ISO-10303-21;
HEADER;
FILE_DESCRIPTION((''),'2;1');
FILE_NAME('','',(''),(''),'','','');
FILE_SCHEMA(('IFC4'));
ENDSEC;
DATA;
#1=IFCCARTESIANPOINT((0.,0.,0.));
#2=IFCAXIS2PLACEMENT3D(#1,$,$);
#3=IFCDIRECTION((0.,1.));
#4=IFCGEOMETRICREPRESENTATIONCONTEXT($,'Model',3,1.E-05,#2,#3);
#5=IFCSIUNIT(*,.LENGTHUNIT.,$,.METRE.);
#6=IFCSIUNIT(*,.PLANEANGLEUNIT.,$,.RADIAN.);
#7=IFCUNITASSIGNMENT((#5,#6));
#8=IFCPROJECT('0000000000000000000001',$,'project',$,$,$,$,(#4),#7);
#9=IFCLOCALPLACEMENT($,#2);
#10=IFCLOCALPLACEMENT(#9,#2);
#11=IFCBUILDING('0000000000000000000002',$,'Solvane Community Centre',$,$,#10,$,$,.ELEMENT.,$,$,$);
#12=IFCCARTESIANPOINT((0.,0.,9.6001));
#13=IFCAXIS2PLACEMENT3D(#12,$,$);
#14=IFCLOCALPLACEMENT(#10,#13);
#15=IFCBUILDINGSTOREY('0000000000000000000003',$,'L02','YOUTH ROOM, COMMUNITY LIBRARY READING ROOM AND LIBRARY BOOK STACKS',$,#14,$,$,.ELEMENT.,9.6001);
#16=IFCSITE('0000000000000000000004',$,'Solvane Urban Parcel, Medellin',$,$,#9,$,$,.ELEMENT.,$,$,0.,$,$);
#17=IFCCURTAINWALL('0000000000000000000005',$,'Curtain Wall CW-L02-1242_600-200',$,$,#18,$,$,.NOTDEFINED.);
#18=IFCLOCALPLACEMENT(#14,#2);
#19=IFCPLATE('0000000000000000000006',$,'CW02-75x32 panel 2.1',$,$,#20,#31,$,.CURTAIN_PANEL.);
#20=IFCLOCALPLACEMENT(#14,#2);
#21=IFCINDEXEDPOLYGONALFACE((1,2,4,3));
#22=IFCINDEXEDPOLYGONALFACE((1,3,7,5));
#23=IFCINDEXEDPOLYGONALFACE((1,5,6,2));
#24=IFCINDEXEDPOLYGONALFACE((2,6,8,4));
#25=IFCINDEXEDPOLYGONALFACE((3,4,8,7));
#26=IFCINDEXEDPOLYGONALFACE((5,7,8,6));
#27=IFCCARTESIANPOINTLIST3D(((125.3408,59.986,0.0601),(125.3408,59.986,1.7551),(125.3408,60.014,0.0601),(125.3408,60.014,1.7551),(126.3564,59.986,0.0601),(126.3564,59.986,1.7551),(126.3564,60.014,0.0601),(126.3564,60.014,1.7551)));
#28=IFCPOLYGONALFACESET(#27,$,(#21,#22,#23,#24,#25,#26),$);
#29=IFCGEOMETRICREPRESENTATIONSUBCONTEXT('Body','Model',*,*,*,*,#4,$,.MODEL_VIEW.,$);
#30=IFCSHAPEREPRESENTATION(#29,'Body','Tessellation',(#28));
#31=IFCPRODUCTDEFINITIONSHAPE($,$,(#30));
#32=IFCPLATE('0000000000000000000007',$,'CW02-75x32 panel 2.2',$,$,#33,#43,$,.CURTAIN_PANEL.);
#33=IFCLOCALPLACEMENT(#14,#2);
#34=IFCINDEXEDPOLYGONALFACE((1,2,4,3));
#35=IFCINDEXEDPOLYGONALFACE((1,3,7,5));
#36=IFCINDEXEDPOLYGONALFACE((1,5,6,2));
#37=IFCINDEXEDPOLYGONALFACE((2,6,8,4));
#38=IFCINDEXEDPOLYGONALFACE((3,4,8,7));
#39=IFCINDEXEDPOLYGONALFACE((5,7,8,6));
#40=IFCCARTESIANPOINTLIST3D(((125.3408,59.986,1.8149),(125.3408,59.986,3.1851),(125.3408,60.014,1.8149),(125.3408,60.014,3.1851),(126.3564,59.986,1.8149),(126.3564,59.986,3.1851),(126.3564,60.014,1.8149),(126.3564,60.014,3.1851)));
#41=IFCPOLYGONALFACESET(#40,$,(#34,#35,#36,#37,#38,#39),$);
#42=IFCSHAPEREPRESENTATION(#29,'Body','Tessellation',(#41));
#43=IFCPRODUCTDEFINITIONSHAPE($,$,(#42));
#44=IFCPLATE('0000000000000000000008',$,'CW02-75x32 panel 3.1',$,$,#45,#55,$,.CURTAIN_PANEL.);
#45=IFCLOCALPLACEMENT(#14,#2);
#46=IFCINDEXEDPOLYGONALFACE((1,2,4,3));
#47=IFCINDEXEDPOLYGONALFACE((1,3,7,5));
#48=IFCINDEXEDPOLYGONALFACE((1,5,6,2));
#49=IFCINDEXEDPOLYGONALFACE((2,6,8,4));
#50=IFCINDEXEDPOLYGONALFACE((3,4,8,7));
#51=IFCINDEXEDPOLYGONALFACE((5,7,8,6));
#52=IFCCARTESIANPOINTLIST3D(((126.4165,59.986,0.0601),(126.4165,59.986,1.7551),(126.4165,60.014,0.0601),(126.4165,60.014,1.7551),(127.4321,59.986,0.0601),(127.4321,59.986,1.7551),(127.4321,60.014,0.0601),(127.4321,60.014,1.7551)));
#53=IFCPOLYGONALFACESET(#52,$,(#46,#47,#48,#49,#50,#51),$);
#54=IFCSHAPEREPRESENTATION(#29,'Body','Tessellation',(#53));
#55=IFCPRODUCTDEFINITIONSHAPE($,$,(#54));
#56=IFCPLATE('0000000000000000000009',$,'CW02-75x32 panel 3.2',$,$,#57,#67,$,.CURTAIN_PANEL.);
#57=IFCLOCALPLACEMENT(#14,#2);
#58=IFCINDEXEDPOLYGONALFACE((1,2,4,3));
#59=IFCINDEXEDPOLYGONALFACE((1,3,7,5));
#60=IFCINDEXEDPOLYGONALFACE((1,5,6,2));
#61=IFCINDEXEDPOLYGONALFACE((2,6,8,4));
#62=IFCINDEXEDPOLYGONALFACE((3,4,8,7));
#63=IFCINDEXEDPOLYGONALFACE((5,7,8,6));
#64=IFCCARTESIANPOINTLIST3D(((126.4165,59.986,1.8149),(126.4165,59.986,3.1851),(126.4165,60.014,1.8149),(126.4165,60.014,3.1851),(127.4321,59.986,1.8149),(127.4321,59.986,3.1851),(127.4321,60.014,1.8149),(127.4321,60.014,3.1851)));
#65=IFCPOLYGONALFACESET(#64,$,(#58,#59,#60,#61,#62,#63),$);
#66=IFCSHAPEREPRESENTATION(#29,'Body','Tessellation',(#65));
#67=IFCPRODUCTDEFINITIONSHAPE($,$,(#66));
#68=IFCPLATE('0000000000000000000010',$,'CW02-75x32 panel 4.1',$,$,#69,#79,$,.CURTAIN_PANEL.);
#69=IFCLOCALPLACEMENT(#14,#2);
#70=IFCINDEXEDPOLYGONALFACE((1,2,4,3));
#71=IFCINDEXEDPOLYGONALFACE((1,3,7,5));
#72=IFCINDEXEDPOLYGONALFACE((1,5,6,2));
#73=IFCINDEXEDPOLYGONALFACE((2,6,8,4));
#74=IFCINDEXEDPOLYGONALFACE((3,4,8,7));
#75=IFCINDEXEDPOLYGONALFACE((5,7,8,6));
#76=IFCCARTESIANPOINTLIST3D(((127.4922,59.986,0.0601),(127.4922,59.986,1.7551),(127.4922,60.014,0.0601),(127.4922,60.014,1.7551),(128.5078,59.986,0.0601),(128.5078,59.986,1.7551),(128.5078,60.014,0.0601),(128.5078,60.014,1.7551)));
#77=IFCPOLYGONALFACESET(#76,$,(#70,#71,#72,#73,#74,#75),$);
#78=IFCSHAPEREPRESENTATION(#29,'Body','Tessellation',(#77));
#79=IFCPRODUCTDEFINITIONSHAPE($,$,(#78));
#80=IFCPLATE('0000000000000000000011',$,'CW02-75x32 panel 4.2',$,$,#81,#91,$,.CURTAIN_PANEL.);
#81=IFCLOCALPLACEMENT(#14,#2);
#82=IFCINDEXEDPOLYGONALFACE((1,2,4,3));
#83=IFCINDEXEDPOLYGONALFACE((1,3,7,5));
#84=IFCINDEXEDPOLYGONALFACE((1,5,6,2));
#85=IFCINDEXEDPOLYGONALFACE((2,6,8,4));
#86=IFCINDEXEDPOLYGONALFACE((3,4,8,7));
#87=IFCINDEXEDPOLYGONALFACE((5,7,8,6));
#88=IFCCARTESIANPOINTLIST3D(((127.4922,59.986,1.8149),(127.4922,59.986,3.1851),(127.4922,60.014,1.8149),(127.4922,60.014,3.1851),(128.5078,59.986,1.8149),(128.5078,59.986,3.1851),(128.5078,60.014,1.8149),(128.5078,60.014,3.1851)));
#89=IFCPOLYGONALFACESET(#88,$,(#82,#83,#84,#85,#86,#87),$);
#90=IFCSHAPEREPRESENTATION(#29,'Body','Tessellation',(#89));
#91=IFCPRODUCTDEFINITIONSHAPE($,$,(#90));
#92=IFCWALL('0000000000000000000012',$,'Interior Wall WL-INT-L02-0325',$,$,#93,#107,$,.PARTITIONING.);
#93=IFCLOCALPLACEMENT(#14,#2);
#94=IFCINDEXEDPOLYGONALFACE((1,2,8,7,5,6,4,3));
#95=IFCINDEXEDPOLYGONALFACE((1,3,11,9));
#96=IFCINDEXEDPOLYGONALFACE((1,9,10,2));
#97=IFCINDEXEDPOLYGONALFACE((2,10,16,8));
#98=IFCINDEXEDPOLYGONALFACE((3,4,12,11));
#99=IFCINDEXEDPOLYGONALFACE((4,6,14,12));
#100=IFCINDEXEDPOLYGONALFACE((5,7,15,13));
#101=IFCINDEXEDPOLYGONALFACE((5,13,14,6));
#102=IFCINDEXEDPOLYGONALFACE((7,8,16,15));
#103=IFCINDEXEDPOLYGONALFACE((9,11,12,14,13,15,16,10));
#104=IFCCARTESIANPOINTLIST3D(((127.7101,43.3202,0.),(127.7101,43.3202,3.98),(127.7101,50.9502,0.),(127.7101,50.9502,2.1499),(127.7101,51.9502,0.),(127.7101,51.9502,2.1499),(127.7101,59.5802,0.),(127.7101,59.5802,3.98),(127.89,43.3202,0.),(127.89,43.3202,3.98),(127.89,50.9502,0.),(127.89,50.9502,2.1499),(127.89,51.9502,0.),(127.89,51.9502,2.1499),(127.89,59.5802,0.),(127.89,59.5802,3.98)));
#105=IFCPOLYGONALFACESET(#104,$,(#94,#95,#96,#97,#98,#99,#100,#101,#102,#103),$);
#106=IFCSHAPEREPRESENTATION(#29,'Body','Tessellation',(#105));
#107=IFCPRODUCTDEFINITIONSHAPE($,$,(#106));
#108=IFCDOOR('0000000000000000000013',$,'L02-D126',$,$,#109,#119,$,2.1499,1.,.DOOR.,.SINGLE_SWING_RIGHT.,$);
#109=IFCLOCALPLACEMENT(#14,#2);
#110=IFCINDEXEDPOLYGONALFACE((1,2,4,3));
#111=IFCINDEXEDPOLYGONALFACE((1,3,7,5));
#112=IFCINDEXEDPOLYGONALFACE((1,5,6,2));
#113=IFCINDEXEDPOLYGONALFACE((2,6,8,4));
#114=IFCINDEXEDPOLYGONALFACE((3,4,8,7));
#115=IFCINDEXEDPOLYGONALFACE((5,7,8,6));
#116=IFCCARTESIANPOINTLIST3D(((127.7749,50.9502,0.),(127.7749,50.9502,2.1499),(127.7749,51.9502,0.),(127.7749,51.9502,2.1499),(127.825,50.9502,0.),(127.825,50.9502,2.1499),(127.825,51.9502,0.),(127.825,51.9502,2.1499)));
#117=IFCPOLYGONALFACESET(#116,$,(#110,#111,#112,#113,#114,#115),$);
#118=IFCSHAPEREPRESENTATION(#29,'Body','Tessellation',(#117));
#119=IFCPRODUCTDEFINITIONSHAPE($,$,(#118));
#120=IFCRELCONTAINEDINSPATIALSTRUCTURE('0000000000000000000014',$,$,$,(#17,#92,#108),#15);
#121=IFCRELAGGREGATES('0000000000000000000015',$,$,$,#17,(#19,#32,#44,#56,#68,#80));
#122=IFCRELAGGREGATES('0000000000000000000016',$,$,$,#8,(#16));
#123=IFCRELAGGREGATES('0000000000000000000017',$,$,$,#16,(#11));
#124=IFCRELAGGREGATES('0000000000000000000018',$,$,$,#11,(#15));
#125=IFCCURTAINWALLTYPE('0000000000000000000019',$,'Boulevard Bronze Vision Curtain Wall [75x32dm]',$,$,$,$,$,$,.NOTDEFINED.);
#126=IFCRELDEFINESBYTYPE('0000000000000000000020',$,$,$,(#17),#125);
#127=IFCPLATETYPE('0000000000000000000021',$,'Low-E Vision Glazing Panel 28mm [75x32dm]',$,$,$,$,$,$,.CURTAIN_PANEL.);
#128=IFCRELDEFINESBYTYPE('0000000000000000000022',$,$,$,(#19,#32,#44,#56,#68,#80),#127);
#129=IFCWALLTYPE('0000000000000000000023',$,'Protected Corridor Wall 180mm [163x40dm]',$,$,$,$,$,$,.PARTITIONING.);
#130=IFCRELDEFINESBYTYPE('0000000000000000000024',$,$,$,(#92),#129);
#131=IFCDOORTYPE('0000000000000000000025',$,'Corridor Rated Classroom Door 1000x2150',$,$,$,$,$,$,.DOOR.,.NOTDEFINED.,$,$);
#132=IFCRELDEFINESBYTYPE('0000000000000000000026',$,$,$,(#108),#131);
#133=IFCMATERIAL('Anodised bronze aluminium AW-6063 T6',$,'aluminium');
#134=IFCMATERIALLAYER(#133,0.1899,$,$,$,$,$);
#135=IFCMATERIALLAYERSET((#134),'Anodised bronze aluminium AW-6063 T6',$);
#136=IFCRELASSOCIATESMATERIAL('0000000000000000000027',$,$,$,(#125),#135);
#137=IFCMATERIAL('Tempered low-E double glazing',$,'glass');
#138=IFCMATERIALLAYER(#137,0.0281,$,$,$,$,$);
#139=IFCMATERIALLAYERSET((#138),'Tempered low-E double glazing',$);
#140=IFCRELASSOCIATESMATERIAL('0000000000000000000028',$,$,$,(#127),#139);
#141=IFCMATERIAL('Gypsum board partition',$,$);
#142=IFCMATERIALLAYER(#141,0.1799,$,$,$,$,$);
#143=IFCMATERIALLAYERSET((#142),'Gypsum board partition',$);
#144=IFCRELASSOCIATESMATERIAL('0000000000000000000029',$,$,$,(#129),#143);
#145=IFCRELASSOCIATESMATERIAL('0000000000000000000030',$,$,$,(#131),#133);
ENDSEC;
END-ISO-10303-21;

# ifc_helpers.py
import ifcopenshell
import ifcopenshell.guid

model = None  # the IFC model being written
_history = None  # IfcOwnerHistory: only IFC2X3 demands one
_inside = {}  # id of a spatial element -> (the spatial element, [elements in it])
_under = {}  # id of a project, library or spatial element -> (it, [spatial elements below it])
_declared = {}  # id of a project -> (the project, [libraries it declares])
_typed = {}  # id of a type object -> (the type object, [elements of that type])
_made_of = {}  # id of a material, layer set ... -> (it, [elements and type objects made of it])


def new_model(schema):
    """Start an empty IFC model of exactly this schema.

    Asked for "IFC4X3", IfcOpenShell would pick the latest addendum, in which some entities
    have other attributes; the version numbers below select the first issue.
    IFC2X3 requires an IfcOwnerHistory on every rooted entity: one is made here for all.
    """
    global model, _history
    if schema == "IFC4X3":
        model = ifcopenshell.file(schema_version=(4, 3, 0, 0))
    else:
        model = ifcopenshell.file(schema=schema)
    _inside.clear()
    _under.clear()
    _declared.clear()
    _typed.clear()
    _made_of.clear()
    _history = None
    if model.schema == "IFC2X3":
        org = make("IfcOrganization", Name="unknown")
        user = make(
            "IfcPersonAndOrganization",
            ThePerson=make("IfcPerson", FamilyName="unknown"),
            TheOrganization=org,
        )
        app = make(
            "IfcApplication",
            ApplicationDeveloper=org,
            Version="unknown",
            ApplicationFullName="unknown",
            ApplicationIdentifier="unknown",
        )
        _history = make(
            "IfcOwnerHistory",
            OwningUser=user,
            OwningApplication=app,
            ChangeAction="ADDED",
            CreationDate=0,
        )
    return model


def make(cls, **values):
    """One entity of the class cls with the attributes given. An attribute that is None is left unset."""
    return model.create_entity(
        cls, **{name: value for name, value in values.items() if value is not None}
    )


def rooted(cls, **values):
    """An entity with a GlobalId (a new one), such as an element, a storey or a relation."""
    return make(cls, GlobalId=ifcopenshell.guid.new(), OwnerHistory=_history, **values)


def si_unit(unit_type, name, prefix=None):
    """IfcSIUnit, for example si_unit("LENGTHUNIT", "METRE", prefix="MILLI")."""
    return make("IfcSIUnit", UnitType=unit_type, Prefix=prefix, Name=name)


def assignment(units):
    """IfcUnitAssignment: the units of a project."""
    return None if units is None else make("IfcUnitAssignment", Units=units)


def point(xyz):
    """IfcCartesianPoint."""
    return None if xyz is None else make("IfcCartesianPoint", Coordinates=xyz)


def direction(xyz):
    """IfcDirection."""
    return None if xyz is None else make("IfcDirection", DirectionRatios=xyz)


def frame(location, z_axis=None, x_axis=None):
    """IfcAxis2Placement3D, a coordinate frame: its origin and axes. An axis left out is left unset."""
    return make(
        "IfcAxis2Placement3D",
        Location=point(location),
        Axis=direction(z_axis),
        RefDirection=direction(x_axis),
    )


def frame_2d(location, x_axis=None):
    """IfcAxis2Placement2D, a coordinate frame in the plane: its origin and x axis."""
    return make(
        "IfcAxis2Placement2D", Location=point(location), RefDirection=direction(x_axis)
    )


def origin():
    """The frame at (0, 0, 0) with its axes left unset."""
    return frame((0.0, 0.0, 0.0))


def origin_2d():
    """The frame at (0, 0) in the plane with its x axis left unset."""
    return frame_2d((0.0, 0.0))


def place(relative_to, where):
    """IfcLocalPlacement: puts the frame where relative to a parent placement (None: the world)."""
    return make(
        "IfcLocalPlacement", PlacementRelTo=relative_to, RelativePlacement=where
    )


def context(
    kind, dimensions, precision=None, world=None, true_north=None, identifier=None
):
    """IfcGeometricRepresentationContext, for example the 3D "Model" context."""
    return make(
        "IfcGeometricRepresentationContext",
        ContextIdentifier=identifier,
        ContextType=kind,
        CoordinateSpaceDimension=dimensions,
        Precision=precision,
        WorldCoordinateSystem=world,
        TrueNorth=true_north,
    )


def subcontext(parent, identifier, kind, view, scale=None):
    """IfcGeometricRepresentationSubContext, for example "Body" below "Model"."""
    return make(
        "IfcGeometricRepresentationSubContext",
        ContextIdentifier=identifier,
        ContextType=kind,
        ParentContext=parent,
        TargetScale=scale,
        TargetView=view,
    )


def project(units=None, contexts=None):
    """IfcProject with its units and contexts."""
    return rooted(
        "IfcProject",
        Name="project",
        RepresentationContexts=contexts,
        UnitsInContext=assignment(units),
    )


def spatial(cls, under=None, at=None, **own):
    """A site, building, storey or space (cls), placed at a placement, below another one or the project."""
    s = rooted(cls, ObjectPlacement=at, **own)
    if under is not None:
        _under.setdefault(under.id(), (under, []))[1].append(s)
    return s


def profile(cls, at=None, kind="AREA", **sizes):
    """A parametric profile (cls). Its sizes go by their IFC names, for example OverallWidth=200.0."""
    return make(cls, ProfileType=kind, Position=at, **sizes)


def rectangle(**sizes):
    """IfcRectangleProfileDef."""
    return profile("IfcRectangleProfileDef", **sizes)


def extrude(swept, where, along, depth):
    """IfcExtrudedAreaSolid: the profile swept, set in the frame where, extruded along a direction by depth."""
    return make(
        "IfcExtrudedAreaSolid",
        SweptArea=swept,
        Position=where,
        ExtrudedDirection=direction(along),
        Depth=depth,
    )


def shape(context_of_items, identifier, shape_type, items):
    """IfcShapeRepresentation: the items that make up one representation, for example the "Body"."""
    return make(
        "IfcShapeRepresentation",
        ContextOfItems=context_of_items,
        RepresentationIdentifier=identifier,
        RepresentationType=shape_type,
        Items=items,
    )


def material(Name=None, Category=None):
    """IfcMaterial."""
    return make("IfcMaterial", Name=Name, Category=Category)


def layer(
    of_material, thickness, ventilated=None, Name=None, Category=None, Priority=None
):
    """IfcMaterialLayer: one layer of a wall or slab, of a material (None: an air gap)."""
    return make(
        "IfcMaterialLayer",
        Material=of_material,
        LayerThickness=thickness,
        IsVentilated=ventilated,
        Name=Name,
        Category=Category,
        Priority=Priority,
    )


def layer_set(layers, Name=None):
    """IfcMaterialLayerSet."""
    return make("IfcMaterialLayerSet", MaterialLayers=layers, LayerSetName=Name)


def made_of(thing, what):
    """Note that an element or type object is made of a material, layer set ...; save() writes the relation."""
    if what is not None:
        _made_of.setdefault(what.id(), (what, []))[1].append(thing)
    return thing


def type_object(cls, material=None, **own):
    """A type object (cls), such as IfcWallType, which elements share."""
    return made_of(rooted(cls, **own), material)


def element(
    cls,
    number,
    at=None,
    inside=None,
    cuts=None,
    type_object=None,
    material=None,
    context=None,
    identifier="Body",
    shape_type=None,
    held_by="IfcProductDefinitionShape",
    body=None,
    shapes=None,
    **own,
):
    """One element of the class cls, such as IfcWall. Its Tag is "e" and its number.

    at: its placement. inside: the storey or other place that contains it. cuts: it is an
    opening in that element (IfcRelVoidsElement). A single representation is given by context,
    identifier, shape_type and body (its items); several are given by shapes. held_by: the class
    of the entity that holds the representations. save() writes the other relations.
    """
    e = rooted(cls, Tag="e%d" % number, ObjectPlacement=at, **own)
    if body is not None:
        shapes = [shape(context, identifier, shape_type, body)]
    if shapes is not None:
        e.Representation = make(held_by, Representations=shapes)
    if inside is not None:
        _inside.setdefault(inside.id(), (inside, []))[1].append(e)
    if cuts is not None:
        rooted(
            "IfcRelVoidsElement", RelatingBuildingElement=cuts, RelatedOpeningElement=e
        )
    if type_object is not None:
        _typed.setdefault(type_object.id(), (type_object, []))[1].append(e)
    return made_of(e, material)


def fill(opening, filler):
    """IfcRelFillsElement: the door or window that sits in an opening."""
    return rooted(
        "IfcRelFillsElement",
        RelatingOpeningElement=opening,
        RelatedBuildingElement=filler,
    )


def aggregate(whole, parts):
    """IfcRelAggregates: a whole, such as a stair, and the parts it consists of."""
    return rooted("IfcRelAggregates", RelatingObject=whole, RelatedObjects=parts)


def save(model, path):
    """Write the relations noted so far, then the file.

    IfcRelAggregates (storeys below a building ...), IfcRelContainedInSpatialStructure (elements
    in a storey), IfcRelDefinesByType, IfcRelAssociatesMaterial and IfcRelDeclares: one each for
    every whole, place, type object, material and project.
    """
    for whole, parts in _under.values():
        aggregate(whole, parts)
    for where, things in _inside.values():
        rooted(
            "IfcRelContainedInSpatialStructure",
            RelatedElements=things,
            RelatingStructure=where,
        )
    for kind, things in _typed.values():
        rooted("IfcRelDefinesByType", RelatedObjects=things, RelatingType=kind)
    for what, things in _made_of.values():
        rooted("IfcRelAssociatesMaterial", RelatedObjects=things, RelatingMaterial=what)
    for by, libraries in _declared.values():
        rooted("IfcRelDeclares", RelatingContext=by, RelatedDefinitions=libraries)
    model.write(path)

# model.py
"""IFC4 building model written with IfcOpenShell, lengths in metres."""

from ifc_helpers import new_model, si_unit, direction, frame, frame_2d, origin, origin_2d, place, context, subcontext, project, spatial, rectangle, extrude, material, layer, layer_set, type_object, element, fill, aggregate, save


model = new_model("IFC4")

# Units and contexts
model_context = context("Model", 3, precision=1e-05, world=origin(), true_north=direction((0.0, 1.0)))
body_context = subcontext(model_context, "Body", "Model", "MODEL_VIEW")
ifc_project = project(units=[si_unit("LENGTHUNIT", "METRE"), si_unit("PLANEANGLEUNIT", "RADIAN")], contexts=[model_context])

# Site, building, storey
site_placement = place(None, origin())
site = spatial("IfcSite", under=ifc_project, at=site_placement, Name="Solvane Urban Parcel, Medellin", CompositionType="ELEMENT", RefElevation=0.0)
building_placement = place(site_placement, origin())
building = spatial("IfcBuilding", under=site, at=building_placement, Name="Solvane Community Centre", CompositionType="ELEMENT")
storey_placement = place(building_placement, frame((0.0, 0.0, 9.6001)))
storey = spatial("IfcBuildingStorey", under=building, at=storey_placement, Name="L02", Description="YOUTH ROOM, COMMUNITY LIBRARY READING ROOM AND LIBRARY BOOK STACKS", CompositionType="ELEMENT", Elevation=9.6001)

# Curtain wall, plates
ifc_material_1 = material(Name="Anodised bronze aluminium AW-6063 T6", Category="aluminium")
ifc_layer_1 = layer(ifc_material_1, 0.1899)
ifc_layer_set_1 = layer_set([ifc_layer_1], Name="Anodised bronze aluminium AW-6063 T6")
curtain_wall_type = type_object("IfcCurtainWallType", Name="Boulevard Bronze Vision Curtain Wall [75x32dm]", PredefinedType="NOTDEFINED", material=ifc_layer_set_1)
curtain_wall_placement = place(storey_placement, origin())
curtain_wall = element("IfcCurtainWall", 1, at=curtain_wall_placement, inside=storey, type_object=curtain_wall_type, Name="Curtain Wall CW-L02-1242_600-200", PredefinedType="NOTDEFINED")
ifc_material_2 = material(Name="Tempered low-E double glazing", Category="glass")
ifc_layer_2 = layer(ifc_material_2, 0.0281)
ifc_layer_set_2 = layer_set([ifc_layer_2], Name="Tempered low-E double glazing")
plate_type = type_object("IfcPlateType", Name="Low-E Vision Glazing Panel 28mm [75x32dm]", PredefinedType="CURTAIN_PANEL", material=ifc_layer_set_2)
plate_1_placement = place(storey_placement, frame((125.8486, 60.0, 0.0601), z_axis=(0.0, 0.0, 1.0), x_axis=(1.0, 0.0, 0.0)))
plate_1 = element("IfcPlate", 2, at=plate_1_placement, type_object=plate_type, Name="CW02-75x32 panel 2.1", PredefinedType="CURTAIN_PANEL", context=body_context, shape_type="SweptSolid", body=[
    extrude(rectangle(XDim=1.0156, YDim=0.0281, at=origin_2d()), origin(), (0.0, 0.0, 1.0), 1.6951),
])
plate_2_placement = place(storey_placement, frame((125.8486, 60.0, 1.8149), z_axis=(0.0, 0.0, 1.0), x_axis=(1.0, 0.0, 0.0)))
plate_2 = element("IfcPlate", 3, at=plate_2_placement, type_object=plate_type, Name="CW02-75x32 panel 2.2", PredefinedType="CURTAIN_PANEL", context=body_context, shape_type="SweptSolid", body=[
    extrude(rectangle(XDim=1.0156, YDim=0.0281, at=origin_2d()), origin(), (0.0, 0.0, 1.0), 1.3701),
])
plate_3_placement = place(storey_placement, frame((126.9243, 60.0, 0.0601), z_axis=(0.0, 0.0, 1.0), x_axis=(1.0, 0.0, 0.0)))
plate_3 = element("IfcPlate", 4, at=plate_3_placement, type_object=plate_type, Name="CW02-75x32 panel 3.1", PredefinedType="CURTAIN_PANEL", context=body_context, shape_type="SweptSolid", body=[
    extrude(rectangle(XDim=1.0156, YDim=0.0281, at=origin_2d()), origin(), (0.0, 0.0, 1.0), 1.6951),
])
plate_4_placement = place(storey_placement, frame((126.9243, 60.0, 1.8149), z_axis=(0.0, 0.0, 1.0), x_axis=(1.0, 0.0, 0.0)))
plate_4 = element("IfcPlate", 5, at=plate_4_placement, type_object=plate_type, Name="CW02-75x32 panel 3.2", PredefinedType="CURTAIN_PANEL", context=body_context, shape_type="SweptSolid", body=[
    extrude(rectangle(XDim=1.0156, YDim=0.0281, at=origin_2d()), origin(), (0.0, 0.0, 1.0), 1.3701),
])
plate_5_placement = place(storey_placement, frame((128.0, 60.0, 0.0601), z_axis=(0.0, 0.0, 1.0), x_axis=(1.0, 0.0, 0.0)))
plate_5 = element("IfcPlate", 6, at=plate_5_placement, type_object=plate_type, Name="CW02-75x32 panel 4.1", PredefinedType="CURTAIN_PANEL", context=body_context, shape_type="SweptSolid", body=[
    extrude(rectangle(XDim=1.0156, YDim=0.0281, at=origin_2d()), origin(), (0.0, 0.0, 1.0), 1.6951),
])
plate_6_placement = place(storey_placement, frame((128.0, 60.0, 1.8149), z_axis=(0.0, 0.0, 1.0), x_axis=(1.0, 0.0, 0.0)))
plate_6 = element("IfcPlate", 7, at=plate_6_placement, type_object=plate_type, Name="CW02-75x32 panel 4.2", PredefinedType="CURTAIN_PANEL", context=body_context, shape_type="SweptSolid", body=[
    extrude(rectangle(XDim=1.0156, YDim=0.0281, at=origin_2d()), origin(), (0.0, 0.0, 1.0), 1.3701),
])
aggregate(curtain_wall, [plate_1, plate_2, plate_3, plate_4, plate_5, plate_6])

# Wall, opening, door
ifc_material_3 = material(Name="Gypsum board partition")
ifc_layer_3 = layer(ifc_material_3, 0.1799)
ifc_layer_set_3 = layer_set([ifc_layer_3], Name="Gypsum board partition")
wall_type = type_object("IfcWallType", Name="Protected Corridor Wall 180mm [163x40dm]", PredefinedType="PARTITIONING", material=ifc_layer_set_3)
wall_placement = place(storey_placement, frame((127.8, 59.5801, 0.0), z_axis=(0.0, 0.0, 1.0), x_axis=(0.0, -1.0, 0.0)))
wall = element("IfcWall", 8, at=wall_placement, inside=storey, type_object=wall_type, Name="Interior Wall WL-INT-L02-0325", PredefinedType="PARTITIONING", context=body_context, shape_type="SweptSolid", body=[
    extrude(rectangle(XDim=16.26, YDim=0.1799, at=frame_2d((8.1299, 0.0))), origin(), (0.0, 0.0, 1.0), 3.98),
])
opening_placement = place(wall_placement, frame((7.6299, 0.0, 0.0)))
opening = element("IfcOpeningElement", 9, at=opening_placement, cuts=wall, PredefinedType="OPENING", context=body_context, shape_type="SweptSolid", body=[
    extrude(rectangle(XDim=1.0, YDim=2.1499, at=frame_2d((0.5, 1.075))), frame((0.0, 0.0999, 0.0), z_axis=(0.0, -1.0, 0.0), x_axis=(1.0, 0.0, 0.0)), (0.0, 0.0, 1.0), 0.2),
])
door_type = type_object("IfcDoorType", Name="Corridor Rated Classroom Door 1000x2150", OperationType="NOTDEFINED", PredefinedType="DOOR", material=ifc_material_1)
door_placement = place(opening_placement, origin())
door = element("IfcDoor", 10, at=door_placement, inside=storey, type_object=door_type, Name="L02-D126", OperationType="SINGLE_SWING_RIGHT", OverallHeight=2.1499, OverallWidth=1.0, PredefinedType="DOOR", context=body_context, shape_type="SweptSolid", body=[
    extrude(rectangle(XDim=1.0, YDim=2.1499, at=frame_2d((0.5, 1.075))), frame((0.0, 0.0249, 0.0), z_axis=(0.0, -1.0, 0.0), x_axis=(1.0, 0.0, 0.0)), (0.0, 0.0, 1.0), 0.05),
])
fill(opening, door)

save(model, "model.ifc")
